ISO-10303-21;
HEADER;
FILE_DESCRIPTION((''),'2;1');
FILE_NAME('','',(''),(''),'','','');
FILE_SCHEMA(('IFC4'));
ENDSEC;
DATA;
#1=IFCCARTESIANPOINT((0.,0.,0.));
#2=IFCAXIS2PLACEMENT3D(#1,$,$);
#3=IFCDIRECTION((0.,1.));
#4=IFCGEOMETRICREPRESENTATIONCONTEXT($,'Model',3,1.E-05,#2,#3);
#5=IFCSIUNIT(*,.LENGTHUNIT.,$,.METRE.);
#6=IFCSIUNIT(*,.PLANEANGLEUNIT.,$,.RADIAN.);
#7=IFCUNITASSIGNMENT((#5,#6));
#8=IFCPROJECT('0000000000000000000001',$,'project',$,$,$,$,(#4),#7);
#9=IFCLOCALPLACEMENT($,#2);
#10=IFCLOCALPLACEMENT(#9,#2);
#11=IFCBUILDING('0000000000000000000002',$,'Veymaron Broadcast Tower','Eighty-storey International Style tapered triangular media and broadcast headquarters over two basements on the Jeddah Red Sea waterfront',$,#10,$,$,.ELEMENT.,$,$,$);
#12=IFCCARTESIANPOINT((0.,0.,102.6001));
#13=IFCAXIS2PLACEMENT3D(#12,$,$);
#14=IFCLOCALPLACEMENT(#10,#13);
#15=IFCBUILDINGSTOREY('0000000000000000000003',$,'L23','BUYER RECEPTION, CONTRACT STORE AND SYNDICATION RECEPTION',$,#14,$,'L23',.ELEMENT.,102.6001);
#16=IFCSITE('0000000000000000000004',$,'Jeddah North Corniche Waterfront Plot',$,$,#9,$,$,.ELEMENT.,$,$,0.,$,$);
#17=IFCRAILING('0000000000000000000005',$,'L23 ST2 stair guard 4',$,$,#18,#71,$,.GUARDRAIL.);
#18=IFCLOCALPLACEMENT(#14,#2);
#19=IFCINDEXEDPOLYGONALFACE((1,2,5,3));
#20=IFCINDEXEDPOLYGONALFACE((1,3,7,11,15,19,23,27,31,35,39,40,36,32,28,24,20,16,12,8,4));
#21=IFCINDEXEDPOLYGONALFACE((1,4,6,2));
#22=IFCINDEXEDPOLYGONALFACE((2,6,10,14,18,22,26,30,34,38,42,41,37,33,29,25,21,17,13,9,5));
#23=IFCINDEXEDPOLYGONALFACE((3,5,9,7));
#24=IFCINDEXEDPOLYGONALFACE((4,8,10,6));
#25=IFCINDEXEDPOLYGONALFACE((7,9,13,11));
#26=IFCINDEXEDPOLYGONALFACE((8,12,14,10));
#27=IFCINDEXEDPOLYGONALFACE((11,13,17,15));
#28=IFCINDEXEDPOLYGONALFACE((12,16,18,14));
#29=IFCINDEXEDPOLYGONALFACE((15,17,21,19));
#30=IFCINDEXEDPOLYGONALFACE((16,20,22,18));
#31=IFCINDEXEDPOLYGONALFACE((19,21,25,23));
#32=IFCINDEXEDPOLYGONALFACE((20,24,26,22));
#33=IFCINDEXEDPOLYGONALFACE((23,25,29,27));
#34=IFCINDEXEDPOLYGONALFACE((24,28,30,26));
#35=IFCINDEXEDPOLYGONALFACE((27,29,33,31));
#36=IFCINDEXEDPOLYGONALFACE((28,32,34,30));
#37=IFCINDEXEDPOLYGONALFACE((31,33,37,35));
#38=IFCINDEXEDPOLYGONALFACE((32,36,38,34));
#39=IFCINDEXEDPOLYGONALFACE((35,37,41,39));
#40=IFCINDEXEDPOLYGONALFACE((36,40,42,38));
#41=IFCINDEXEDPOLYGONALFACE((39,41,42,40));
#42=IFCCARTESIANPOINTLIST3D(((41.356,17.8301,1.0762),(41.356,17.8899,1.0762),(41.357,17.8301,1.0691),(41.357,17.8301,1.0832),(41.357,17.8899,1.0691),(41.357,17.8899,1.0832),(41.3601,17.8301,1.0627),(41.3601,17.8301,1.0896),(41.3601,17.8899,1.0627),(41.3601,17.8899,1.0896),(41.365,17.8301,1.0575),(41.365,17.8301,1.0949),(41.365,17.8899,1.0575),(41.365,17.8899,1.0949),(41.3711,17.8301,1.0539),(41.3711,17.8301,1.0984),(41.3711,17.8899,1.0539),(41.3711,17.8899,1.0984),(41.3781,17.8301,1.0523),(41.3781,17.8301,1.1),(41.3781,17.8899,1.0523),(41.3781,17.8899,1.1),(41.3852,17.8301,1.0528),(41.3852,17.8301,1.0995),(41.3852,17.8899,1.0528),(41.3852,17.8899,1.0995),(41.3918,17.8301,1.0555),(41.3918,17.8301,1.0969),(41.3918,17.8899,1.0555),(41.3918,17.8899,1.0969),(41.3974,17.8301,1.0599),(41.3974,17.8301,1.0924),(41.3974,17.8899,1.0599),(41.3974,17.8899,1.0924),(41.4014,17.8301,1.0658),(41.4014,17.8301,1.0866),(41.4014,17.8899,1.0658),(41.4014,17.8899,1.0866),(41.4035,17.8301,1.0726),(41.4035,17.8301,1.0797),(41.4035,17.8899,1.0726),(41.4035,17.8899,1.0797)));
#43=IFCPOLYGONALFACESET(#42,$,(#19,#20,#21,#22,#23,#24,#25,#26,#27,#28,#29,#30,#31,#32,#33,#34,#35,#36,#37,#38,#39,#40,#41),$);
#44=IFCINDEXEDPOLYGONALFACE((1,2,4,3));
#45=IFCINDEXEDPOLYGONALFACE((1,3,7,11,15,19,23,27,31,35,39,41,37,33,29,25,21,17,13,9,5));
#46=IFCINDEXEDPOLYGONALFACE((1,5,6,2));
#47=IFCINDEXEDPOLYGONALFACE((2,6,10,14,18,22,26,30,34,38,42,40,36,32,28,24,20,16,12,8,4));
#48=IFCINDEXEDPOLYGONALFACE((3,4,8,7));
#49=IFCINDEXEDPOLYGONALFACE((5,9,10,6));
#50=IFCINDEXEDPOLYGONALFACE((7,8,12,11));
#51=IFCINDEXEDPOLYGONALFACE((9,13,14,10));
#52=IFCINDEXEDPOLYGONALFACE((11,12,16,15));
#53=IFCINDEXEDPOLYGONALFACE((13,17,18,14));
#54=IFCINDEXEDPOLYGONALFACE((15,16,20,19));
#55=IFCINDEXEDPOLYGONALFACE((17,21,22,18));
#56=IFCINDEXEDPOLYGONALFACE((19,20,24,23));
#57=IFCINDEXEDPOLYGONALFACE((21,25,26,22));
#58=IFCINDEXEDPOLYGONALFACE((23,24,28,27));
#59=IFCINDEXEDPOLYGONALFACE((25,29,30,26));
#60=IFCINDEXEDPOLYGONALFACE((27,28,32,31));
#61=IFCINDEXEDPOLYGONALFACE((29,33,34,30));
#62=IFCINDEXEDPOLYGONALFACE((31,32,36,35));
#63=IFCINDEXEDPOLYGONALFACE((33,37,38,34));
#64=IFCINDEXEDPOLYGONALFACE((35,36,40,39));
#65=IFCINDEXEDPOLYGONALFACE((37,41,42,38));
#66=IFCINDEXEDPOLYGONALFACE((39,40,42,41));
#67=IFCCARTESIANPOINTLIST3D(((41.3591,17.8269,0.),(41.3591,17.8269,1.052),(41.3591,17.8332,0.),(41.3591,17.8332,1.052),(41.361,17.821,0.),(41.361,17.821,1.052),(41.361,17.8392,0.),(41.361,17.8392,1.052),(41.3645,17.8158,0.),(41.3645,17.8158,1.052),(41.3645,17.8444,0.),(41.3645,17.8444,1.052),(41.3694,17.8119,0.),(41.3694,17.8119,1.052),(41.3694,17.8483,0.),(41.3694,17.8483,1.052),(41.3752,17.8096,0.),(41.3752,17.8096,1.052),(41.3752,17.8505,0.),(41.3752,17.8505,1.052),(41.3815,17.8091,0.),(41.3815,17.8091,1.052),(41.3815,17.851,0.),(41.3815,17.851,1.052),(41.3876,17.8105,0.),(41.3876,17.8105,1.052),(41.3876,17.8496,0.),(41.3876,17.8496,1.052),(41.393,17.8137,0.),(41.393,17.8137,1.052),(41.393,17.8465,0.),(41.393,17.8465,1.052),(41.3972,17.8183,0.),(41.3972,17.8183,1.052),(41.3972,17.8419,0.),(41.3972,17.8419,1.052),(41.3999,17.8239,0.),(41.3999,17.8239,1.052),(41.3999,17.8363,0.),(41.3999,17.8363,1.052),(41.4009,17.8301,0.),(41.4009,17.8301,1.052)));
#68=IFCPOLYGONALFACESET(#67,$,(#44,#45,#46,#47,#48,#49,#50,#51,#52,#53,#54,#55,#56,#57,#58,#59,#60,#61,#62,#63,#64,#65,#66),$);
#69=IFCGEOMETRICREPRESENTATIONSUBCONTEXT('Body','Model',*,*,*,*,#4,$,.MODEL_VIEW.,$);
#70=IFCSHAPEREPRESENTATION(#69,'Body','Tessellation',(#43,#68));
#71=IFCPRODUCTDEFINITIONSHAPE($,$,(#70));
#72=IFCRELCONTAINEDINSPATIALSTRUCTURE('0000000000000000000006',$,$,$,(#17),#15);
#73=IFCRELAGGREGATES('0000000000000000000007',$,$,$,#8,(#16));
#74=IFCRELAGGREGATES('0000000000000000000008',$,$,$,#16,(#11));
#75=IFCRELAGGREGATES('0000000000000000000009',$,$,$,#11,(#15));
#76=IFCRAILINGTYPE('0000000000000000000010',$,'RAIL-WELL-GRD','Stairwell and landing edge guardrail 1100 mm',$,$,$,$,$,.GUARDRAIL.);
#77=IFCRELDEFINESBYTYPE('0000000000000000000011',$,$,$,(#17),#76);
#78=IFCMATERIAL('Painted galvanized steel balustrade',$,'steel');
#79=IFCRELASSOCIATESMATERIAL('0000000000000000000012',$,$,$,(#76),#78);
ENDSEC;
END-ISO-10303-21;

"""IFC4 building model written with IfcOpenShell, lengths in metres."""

from ifc_helpers import new_model, si_unit, direction, frame, origin, origin_2d, place, context, subcontext, project, spatial, circle, extrude, material, type_object, element, save


model = new_model("IFC4")

# Units and contexts
model_context = context("Model", 3, precision=1e-05, world=origin(), true_north=direction((0.0, 1.0)))
body_context = subcontext(model_context, "Body", "Model", "MODEL_VIEW")
ifc_project = project(units=[si_unit("LENGTHUNIT", "METRE"), si_unit("PLANEANGLEUNIT", "RADIAN")], contexts=[model_context])

# Site, building, storey
site_placement = place(None, origin())
site = spatial("IfcSite", under=ifc_project, at=site_placement, Name="Jeddah North Corniche Waterfront Plot", CompositionType="ELEMENT", RefElevation=0.0)
building_placement = place(site_placement, origin())
building = spatial("IfcBuilding", under=site, at=building_placement, Name="Veymaron Broadcast Tower", Description="Eighty-storey International Style tapered triangular media and broadcast headquarters over two basements on the Jeddah Red Sea waterfront", CompositionType="ELEMENT")
storey_placement = place(building_placement, frame((0.0, 0.0, 102.6001)))
storey = spatial("IfcBuildingStorey", under=building, at=storey_placement, Name="L23", Description="BUYER RECEPTION, CONTRACT STORE AND SYNDICATION RECEPTION", LongName="L23", CompositionType="ELEMENT", Elevation=102.6001)

# Railing
ifc_material_1 = material(Name="Painted galvanized steel balustrade", Category="steel")
railing_type_1 = type_object("IfcRailingType", Name="RAIL-WELL-GRD", Description="Stairwell and landing edge guardrail 1100 mm", PredefinedType="GUARDRAIL", material=ifc_material_1)
railing_1_placement = place(storey_placement, frame((41.3799, 17.8301, 0.0)))
element("IfcRailing", 1, at=railing_1_placement, inside=storey, type_object=railing_type_1, Name="L23 ST2 stair guard 4", PredefinedType="GUARDRAIL", context=body_context, shape_type="SweptSolid", body=[
    extrude(circle(Radius=0.0239, at=origin_2d()), frame((0.0, 0.0, 1.0762), z_axis=(0.0, 1.0, 0.0), x_axis=(-1.0, 0.0, 0.0)), (0.0, 0.0, 1.0), 0.0598),
    extrude(circle(Radius=0.021, at=origin_2d()), origin(), (0.0, 0.0, 1.0), 1.052),
])

save(model, "model.ifc")
